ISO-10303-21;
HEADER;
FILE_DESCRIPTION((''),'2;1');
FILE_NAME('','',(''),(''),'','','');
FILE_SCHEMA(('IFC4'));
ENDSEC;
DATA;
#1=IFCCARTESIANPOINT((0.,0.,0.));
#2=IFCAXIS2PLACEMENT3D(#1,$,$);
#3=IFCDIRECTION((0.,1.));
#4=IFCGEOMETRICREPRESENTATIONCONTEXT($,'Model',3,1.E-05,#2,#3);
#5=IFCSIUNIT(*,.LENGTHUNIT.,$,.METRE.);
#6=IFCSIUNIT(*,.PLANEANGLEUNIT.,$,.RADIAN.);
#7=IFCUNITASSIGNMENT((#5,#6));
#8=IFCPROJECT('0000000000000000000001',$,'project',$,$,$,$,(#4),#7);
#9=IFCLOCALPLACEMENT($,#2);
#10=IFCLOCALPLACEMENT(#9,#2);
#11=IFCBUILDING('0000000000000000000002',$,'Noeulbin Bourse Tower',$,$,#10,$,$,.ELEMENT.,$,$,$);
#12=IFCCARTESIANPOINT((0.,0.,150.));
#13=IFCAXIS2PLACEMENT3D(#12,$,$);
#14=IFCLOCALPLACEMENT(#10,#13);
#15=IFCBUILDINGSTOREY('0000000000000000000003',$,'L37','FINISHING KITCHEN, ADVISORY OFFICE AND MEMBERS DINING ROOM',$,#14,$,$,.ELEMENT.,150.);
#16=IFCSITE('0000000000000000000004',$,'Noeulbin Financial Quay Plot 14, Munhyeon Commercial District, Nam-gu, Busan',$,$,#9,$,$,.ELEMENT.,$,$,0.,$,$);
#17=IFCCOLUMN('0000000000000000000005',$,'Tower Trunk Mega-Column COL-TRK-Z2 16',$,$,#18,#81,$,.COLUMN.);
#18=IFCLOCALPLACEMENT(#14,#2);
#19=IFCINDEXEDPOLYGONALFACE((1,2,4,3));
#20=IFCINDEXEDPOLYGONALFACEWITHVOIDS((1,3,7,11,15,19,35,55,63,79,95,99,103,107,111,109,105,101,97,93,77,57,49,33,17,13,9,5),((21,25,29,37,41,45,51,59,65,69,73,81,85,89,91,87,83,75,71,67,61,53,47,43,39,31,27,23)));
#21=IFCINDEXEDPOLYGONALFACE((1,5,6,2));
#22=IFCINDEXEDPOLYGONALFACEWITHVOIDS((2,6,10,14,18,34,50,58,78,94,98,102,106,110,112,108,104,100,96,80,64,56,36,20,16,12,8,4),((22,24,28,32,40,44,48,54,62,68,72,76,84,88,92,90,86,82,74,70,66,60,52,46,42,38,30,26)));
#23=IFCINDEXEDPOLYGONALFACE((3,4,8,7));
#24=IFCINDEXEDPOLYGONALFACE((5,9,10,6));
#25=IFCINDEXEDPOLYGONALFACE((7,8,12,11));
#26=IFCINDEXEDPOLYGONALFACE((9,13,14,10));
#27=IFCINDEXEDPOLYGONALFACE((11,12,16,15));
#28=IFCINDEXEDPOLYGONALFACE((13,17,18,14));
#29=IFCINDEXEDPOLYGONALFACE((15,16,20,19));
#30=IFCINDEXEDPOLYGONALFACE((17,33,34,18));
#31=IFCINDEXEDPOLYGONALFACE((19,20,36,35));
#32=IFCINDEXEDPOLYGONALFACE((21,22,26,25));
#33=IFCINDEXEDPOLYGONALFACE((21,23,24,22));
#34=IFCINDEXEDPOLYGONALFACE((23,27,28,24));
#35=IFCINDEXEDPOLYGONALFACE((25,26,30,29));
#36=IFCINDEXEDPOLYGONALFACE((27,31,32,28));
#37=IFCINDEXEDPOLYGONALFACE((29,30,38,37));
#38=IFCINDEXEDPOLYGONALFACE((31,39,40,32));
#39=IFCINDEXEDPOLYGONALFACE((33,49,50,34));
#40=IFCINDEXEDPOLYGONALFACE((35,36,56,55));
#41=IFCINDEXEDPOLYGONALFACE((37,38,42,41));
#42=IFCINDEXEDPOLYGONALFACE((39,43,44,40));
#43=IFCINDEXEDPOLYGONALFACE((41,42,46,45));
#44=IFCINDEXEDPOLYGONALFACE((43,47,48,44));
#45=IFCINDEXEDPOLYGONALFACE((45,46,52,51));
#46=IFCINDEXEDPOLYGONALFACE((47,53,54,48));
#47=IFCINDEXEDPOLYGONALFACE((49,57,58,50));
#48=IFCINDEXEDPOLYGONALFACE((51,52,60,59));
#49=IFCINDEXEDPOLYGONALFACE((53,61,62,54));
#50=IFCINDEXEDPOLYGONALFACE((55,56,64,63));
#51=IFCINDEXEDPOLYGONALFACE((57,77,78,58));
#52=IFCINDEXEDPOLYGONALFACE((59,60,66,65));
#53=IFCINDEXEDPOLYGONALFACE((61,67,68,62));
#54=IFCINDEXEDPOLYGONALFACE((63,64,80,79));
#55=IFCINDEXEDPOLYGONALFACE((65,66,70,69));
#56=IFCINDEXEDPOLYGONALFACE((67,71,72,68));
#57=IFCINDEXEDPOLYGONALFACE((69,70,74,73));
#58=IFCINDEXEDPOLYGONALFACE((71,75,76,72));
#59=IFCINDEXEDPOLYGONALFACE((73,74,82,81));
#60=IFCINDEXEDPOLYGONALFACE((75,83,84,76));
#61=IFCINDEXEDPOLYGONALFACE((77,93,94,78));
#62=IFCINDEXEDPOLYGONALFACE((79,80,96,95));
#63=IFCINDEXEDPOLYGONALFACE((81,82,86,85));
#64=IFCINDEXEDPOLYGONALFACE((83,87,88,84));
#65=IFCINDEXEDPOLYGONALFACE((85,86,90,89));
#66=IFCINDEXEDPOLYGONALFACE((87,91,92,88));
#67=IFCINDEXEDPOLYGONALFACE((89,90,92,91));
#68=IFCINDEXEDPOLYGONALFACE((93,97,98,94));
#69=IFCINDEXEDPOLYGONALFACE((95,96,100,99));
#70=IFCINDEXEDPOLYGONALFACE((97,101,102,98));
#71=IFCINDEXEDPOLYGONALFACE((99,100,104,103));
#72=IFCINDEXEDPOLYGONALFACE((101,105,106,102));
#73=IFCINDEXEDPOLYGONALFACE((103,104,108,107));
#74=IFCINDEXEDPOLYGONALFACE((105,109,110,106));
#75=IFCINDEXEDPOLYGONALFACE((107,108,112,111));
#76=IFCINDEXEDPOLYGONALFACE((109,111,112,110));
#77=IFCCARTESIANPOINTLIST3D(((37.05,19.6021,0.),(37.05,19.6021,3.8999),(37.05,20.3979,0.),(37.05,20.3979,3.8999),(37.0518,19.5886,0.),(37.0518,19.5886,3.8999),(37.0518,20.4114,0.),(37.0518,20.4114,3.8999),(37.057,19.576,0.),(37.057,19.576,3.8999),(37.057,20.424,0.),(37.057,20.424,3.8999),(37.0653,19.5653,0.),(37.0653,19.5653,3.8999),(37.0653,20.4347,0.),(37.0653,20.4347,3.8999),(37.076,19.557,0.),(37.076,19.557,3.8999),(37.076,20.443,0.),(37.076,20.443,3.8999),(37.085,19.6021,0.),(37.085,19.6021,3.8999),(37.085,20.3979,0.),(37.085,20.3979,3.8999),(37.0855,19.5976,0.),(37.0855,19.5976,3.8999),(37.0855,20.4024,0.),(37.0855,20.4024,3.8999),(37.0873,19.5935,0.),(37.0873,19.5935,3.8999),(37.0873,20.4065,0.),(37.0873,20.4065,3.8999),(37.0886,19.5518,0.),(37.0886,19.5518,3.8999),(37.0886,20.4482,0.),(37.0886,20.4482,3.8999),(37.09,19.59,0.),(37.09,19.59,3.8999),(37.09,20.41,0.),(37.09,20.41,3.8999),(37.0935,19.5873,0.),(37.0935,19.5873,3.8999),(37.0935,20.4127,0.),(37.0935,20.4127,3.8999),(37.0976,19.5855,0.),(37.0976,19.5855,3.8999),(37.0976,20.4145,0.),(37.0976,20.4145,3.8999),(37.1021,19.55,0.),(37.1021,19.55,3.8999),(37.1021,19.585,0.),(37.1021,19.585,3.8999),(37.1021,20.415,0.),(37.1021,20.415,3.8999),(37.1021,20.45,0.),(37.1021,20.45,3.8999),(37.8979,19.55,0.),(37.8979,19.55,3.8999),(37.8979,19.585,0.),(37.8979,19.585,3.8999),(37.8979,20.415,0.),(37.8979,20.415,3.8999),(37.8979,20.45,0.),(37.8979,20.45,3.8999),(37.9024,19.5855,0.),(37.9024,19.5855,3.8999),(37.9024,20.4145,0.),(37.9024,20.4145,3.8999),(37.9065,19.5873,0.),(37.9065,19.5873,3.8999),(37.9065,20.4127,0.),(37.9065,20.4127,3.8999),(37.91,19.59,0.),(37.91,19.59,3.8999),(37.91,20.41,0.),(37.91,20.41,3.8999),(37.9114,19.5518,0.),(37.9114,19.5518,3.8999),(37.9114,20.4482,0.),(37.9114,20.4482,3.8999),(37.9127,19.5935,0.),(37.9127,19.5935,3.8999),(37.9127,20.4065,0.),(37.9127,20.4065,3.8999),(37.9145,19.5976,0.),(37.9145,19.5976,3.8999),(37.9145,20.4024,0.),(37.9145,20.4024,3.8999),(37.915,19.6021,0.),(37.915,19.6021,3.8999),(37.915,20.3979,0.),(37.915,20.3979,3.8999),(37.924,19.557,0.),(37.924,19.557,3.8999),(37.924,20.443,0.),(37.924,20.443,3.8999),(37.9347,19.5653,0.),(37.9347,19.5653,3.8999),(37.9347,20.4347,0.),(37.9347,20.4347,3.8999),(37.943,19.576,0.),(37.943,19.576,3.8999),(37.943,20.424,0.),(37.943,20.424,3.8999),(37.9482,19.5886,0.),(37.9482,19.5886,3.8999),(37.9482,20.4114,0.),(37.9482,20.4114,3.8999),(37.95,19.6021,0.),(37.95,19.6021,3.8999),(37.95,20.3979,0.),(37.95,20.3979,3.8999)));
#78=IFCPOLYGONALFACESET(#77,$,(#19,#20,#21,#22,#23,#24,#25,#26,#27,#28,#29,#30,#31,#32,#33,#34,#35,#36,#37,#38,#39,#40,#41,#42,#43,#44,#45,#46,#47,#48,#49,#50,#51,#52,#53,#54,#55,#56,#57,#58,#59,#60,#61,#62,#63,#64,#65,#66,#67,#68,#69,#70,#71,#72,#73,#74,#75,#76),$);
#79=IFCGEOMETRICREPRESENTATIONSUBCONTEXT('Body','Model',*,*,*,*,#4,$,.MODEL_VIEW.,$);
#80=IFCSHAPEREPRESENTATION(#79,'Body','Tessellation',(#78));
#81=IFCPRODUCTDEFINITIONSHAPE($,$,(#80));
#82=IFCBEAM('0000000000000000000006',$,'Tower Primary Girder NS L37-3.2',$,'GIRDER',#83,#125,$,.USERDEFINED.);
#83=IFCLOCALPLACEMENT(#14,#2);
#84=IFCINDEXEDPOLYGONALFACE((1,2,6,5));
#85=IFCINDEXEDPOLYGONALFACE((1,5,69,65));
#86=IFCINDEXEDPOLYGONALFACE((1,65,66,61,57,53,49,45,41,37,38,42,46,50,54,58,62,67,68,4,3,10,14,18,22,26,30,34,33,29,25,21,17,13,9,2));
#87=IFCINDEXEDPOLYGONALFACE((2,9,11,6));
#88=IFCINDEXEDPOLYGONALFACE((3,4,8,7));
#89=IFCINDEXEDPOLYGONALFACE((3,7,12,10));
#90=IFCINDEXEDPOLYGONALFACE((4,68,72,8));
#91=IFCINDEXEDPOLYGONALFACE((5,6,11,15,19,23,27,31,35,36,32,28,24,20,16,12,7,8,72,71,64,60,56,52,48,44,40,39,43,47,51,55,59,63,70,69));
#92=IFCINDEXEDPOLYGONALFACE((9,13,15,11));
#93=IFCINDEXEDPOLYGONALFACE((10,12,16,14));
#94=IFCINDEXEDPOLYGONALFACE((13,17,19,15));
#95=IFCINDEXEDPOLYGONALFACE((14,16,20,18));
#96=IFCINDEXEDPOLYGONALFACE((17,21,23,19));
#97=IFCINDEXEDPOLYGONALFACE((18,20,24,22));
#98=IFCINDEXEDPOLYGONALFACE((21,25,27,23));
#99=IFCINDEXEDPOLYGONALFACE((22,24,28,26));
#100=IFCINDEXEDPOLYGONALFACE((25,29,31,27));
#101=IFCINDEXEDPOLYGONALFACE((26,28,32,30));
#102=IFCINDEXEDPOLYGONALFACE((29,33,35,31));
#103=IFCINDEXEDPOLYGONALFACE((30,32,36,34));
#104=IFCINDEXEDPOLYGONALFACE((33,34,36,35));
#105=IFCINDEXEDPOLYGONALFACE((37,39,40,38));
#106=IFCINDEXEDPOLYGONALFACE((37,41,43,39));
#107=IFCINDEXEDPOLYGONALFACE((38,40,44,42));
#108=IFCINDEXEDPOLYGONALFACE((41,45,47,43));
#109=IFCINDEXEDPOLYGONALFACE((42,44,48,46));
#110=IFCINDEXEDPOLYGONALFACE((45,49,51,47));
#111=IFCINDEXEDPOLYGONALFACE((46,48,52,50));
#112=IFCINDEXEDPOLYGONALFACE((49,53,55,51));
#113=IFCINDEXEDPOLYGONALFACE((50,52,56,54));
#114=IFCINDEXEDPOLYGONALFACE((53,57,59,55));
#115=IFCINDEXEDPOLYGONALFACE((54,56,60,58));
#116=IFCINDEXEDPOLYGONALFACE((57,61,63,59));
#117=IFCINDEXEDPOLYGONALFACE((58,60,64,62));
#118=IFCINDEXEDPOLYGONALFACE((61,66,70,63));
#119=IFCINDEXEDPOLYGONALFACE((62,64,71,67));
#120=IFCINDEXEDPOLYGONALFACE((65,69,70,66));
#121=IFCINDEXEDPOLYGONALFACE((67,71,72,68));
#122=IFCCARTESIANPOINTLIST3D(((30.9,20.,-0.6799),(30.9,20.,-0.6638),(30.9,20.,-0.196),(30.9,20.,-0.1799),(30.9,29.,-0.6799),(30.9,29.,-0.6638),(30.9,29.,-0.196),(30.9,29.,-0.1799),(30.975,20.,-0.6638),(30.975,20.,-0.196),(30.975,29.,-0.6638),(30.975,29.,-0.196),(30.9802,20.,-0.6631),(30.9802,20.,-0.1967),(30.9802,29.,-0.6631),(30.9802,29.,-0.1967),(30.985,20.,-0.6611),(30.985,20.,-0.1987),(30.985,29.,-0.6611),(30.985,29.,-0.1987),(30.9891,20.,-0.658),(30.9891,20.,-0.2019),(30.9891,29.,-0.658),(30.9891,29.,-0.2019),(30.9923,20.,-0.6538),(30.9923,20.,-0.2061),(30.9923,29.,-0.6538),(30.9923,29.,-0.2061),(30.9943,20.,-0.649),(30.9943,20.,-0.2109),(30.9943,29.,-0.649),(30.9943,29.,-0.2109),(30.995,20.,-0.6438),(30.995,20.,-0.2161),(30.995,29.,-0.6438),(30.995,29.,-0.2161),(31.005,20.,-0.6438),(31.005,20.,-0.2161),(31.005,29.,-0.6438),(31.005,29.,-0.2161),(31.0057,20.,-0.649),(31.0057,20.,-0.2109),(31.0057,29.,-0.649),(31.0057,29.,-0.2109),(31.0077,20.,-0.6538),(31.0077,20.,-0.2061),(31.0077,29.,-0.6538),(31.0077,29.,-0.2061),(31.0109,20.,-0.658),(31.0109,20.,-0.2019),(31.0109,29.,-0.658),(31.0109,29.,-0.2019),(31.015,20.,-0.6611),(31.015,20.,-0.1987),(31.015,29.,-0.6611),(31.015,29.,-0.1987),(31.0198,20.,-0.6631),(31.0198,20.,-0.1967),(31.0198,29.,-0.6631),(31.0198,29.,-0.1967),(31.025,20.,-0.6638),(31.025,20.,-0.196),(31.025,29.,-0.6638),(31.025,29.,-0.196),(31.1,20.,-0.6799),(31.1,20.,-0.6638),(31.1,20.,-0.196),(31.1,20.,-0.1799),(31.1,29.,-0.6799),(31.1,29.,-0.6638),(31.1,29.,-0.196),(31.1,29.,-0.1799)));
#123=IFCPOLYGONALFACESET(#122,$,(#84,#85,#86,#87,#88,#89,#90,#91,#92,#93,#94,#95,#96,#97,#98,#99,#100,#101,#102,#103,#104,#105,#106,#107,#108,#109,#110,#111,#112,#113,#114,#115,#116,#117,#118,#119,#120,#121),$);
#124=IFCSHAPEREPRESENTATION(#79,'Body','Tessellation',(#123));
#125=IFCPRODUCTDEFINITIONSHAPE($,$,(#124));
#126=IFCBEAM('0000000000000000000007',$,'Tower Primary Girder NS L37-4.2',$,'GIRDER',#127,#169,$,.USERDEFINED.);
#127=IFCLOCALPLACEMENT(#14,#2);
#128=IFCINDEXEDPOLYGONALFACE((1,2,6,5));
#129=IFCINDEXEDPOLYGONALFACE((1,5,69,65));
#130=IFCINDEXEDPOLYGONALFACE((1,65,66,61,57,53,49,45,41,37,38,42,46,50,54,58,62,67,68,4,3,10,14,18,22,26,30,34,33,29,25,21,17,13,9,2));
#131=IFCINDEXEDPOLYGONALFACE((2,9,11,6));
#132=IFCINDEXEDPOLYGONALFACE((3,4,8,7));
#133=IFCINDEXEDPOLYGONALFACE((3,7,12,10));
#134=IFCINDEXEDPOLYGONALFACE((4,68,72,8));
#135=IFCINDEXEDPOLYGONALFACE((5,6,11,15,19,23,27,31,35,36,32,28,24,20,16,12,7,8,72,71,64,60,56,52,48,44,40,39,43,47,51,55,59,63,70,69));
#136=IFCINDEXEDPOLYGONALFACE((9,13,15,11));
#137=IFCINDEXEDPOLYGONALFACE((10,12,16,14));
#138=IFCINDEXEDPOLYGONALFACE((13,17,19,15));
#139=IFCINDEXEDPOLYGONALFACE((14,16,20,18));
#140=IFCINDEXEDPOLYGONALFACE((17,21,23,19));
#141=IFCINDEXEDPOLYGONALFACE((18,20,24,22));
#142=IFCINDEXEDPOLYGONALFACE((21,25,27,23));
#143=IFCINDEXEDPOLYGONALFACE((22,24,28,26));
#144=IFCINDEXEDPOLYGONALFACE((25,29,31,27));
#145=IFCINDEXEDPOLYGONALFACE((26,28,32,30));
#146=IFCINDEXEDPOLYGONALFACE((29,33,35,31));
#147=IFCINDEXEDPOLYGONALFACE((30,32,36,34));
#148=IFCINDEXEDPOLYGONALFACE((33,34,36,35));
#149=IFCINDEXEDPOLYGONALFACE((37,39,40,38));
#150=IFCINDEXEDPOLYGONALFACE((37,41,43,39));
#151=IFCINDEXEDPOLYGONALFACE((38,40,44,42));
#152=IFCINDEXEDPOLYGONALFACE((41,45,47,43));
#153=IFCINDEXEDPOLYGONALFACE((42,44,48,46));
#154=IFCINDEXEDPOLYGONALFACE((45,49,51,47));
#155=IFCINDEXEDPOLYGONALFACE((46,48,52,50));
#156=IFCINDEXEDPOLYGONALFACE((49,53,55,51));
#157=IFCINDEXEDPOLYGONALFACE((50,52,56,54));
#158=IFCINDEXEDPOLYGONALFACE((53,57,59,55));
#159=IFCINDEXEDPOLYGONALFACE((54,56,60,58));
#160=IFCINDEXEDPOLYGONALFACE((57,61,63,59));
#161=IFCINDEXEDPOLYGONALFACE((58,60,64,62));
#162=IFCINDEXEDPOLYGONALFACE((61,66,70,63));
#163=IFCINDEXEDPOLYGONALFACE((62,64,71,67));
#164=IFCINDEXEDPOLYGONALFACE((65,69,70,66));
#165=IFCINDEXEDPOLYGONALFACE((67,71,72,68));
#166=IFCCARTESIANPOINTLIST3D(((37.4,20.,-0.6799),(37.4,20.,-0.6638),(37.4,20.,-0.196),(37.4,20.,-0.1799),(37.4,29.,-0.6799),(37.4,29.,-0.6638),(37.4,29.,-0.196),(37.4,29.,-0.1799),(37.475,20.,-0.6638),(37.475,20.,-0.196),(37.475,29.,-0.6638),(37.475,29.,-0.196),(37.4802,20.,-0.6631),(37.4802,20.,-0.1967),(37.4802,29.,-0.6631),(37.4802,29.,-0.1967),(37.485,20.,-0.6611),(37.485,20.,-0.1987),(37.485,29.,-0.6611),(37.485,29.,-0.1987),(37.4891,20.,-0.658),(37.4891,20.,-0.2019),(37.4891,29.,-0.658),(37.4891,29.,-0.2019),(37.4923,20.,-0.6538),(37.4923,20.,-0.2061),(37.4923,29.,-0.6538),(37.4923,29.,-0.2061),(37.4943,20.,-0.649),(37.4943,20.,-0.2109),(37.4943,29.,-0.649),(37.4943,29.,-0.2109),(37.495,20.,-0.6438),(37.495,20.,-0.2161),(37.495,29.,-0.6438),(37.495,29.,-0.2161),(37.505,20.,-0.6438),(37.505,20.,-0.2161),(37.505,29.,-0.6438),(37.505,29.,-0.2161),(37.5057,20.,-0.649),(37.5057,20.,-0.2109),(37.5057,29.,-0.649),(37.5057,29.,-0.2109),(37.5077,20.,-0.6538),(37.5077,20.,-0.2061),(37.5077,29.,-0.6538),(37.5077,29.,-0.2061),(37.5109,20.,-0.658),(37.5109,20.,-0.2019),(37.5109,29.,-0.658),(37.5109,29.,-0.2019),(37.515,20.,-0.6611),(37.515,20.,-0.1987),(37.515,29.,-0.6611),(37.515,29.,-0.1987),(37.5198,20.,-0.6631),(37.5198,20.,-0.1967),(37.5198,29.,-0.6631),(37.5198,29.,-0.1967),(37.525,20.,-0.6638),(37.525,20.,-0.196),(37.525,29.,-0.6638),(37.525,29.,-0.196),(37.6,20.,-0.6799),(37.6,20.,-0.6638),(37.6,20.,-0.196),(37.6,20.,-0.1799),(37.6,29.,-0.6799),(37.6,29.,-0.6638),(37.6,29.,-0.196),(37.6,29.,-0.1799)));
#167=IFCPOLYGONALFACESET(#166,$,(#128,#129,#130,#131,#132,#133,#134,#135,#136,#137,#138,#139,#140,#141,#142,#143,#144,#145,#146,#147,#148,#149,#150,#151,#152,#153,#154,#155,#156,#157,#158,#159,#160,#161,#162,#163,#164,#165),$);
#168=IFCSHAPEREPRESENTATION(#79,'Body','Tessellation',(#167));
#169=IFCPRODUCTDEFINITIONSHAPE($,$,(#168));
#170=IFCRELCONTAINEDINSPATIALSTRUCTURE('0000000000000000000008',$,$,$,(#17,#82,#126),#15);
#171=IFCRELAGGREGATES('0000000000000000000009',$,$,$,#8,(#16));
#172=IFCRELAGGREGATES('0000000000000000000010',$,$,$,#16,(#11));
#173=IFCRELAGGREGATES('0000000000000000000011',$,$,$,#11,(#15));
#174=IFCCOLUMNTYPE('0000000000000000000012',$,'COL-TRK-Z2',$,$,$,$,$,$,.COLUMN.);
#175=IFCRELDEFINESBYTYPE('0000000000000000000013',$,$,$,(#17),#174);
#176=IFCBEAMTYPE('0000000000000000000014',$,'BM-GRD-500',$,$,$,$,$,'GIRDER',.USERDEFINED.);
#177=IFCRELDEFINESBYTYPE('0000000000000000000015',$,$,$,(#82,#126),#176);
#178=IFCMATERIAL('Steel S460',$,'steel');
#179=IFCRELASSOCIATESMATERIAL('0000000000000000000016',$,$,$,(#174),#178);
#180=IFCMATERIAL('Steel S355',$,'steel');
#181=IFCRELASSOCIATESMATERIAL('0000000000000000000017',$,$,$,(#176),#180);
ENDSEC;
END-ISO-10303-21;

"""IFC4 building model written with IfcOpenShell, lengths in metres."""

from ifc_helpers import new_model, si_unit, direction, frame, origin, origin_2d, place, context, subcontext, project, spatial, hollow_rectangle, i_section, extrude, material, material_profile, profile_set, type_object, element, save


model = new_model("IFC4")

# Units and contexts
model_context = context("Model", 3, precision=1e-05, world=origin(), true_north=direction((0.0, 1.0)))
body_context = subcontext(model_context, "Body", "Model", "MODEL_VIEW")
ifc_project = project(units=[si_unit("LENGTHUNIT", "METRE"), si_unit("PLANEANGLEUNIT", "RADIAN")], contexts=[model_context])

# Site, building, storey
site_placement = place(None, origin())
site = spatial("IfcSite", under=ifc_project, at=site_placement, Name="Noeulbin Financial Quay Plot 14, Munhyeon Commercial District, Nam-gu, Busan", CompositionType="ELEMENT", RefElevation=0.0)
building_placement = place(site_placement, origin())
building = spatial("IfcBuilding", under=site, at=building_placement, Name="Noeulbin Bourse Tower", CompositionType="ELEMENT")
storey_placement = place(building_placement, frame((0.0, 0.0, 150.0)))
storey = spatial("IfcBuildingStorey", under=building, at=storey_placement, Name="L37", Description="FINISHING KITCHEN, ADVISORY OFFICE AND MEMBERS DINING ROOM", CompositionType="ELEMENT", Elevation=150.0)

# Column
ifc_material_1 = material(Name="Steel S460", Category="steel")
ifc_material_profile_1 = material_profile(ifc_material_1, hollow_rectangle(XDim=0.8999, YDim=0.8999, WallThickness=0.0349, InnerFilletRadius=0.0171, OuterFilletRadius=0.052, at=origin_2d()), Name="BOX-900x900x35", Category="LoadBearing")
ifc_profile_set_1 = profile_set([ifc_material_profile_1], Name="Steel S460")
column_type = type_object("IfcColumnType", Name="COL-TRK-Z2", PredefinedType="COLUMN", material=ifc_profile_set_1)
for number, where, z_axis, x_axis, name in (
    (1, (37.5, 20.0, 0.0), (0.0, 0.0, 1.0), (1.0, 0.0, 0.0), "Tower Trunk Mega-Column COL-TRK-Z2 16"),
):
    element("IfcColumn", number, at=place(storey_placement, frame(where, z_axis=z_axis, x_axis=x_axis)), inside=storey, type_object=column_type, Name=name, PredefinedType="COLUMN", context=body_context, shape_type="SweptSolid", body=[
        extrude(hollow_rectangle(XDim=0.8999, YDim=0.8999, WallThickness=0.0349, InnerFilletRadius=0.0171, OuterFilletRadius=0.052, at=origin_2d()), origin(), (0.0, 0.0, 1.0), 3.8999),
    ])

# Beams
ifc_material_2 = material(Name="Steel S355", Category="steel")
ifc_material_profile_2 = material_profile(ifc_material_2, i_section(OverallWidth=0.2, OverallDepth=0.5, WebThickness=0.01, FlangeThickness=0.0161, FilletRadius=0.02, at=origin_2d()), Name="H-500x200x10x16", Category="LoadBearing")
ifc_profile_set_2 = profile_set([ifc_material_profile_2], Name="Steel S355")
beam_type_1 = type_object("IfcBeamType", Name="BM-GRD-500", ElementType="GIRDER", PredefinedType="USERDEFINED", material=ifc_profile_set_2)
for number, where, z_axis, x_axis, name in (
    (2, (31.0, 20.0, -0.4299), (0.0, 1.0, 0.0), (-1.0, 0.0, 0.0), "Tower Primary Girder NS L37-3.2"),
    (3, (37.5, 20.0, -0.4299), (0.0, 1.0, 0.0), (-1.0, 0.0, 0.0), "Tower Primary Girder NS L37-4.2"),
):
    element("IfcBeam", number, at=place(storey_placement, frame(where, z_axis=z_axis, x_axis=x_axis)), inside=storey, type_object=beam_type_1, Name=name, ObjectType="GIRDER", PredefinedType="USERDEFINED", context=body_context, shape_type="SweptSolid", body=[
        extrude(i_section(OverallWidth=0.2, OverallDepth=0.5, WebThickness=0.01, FlangeThickness=0.0161, FilletRadius=0.02, at=origin_2d()), origin(), (0.0, 0.0, 1.0), 9.0),
    ])

save(model, "model.ifc")
